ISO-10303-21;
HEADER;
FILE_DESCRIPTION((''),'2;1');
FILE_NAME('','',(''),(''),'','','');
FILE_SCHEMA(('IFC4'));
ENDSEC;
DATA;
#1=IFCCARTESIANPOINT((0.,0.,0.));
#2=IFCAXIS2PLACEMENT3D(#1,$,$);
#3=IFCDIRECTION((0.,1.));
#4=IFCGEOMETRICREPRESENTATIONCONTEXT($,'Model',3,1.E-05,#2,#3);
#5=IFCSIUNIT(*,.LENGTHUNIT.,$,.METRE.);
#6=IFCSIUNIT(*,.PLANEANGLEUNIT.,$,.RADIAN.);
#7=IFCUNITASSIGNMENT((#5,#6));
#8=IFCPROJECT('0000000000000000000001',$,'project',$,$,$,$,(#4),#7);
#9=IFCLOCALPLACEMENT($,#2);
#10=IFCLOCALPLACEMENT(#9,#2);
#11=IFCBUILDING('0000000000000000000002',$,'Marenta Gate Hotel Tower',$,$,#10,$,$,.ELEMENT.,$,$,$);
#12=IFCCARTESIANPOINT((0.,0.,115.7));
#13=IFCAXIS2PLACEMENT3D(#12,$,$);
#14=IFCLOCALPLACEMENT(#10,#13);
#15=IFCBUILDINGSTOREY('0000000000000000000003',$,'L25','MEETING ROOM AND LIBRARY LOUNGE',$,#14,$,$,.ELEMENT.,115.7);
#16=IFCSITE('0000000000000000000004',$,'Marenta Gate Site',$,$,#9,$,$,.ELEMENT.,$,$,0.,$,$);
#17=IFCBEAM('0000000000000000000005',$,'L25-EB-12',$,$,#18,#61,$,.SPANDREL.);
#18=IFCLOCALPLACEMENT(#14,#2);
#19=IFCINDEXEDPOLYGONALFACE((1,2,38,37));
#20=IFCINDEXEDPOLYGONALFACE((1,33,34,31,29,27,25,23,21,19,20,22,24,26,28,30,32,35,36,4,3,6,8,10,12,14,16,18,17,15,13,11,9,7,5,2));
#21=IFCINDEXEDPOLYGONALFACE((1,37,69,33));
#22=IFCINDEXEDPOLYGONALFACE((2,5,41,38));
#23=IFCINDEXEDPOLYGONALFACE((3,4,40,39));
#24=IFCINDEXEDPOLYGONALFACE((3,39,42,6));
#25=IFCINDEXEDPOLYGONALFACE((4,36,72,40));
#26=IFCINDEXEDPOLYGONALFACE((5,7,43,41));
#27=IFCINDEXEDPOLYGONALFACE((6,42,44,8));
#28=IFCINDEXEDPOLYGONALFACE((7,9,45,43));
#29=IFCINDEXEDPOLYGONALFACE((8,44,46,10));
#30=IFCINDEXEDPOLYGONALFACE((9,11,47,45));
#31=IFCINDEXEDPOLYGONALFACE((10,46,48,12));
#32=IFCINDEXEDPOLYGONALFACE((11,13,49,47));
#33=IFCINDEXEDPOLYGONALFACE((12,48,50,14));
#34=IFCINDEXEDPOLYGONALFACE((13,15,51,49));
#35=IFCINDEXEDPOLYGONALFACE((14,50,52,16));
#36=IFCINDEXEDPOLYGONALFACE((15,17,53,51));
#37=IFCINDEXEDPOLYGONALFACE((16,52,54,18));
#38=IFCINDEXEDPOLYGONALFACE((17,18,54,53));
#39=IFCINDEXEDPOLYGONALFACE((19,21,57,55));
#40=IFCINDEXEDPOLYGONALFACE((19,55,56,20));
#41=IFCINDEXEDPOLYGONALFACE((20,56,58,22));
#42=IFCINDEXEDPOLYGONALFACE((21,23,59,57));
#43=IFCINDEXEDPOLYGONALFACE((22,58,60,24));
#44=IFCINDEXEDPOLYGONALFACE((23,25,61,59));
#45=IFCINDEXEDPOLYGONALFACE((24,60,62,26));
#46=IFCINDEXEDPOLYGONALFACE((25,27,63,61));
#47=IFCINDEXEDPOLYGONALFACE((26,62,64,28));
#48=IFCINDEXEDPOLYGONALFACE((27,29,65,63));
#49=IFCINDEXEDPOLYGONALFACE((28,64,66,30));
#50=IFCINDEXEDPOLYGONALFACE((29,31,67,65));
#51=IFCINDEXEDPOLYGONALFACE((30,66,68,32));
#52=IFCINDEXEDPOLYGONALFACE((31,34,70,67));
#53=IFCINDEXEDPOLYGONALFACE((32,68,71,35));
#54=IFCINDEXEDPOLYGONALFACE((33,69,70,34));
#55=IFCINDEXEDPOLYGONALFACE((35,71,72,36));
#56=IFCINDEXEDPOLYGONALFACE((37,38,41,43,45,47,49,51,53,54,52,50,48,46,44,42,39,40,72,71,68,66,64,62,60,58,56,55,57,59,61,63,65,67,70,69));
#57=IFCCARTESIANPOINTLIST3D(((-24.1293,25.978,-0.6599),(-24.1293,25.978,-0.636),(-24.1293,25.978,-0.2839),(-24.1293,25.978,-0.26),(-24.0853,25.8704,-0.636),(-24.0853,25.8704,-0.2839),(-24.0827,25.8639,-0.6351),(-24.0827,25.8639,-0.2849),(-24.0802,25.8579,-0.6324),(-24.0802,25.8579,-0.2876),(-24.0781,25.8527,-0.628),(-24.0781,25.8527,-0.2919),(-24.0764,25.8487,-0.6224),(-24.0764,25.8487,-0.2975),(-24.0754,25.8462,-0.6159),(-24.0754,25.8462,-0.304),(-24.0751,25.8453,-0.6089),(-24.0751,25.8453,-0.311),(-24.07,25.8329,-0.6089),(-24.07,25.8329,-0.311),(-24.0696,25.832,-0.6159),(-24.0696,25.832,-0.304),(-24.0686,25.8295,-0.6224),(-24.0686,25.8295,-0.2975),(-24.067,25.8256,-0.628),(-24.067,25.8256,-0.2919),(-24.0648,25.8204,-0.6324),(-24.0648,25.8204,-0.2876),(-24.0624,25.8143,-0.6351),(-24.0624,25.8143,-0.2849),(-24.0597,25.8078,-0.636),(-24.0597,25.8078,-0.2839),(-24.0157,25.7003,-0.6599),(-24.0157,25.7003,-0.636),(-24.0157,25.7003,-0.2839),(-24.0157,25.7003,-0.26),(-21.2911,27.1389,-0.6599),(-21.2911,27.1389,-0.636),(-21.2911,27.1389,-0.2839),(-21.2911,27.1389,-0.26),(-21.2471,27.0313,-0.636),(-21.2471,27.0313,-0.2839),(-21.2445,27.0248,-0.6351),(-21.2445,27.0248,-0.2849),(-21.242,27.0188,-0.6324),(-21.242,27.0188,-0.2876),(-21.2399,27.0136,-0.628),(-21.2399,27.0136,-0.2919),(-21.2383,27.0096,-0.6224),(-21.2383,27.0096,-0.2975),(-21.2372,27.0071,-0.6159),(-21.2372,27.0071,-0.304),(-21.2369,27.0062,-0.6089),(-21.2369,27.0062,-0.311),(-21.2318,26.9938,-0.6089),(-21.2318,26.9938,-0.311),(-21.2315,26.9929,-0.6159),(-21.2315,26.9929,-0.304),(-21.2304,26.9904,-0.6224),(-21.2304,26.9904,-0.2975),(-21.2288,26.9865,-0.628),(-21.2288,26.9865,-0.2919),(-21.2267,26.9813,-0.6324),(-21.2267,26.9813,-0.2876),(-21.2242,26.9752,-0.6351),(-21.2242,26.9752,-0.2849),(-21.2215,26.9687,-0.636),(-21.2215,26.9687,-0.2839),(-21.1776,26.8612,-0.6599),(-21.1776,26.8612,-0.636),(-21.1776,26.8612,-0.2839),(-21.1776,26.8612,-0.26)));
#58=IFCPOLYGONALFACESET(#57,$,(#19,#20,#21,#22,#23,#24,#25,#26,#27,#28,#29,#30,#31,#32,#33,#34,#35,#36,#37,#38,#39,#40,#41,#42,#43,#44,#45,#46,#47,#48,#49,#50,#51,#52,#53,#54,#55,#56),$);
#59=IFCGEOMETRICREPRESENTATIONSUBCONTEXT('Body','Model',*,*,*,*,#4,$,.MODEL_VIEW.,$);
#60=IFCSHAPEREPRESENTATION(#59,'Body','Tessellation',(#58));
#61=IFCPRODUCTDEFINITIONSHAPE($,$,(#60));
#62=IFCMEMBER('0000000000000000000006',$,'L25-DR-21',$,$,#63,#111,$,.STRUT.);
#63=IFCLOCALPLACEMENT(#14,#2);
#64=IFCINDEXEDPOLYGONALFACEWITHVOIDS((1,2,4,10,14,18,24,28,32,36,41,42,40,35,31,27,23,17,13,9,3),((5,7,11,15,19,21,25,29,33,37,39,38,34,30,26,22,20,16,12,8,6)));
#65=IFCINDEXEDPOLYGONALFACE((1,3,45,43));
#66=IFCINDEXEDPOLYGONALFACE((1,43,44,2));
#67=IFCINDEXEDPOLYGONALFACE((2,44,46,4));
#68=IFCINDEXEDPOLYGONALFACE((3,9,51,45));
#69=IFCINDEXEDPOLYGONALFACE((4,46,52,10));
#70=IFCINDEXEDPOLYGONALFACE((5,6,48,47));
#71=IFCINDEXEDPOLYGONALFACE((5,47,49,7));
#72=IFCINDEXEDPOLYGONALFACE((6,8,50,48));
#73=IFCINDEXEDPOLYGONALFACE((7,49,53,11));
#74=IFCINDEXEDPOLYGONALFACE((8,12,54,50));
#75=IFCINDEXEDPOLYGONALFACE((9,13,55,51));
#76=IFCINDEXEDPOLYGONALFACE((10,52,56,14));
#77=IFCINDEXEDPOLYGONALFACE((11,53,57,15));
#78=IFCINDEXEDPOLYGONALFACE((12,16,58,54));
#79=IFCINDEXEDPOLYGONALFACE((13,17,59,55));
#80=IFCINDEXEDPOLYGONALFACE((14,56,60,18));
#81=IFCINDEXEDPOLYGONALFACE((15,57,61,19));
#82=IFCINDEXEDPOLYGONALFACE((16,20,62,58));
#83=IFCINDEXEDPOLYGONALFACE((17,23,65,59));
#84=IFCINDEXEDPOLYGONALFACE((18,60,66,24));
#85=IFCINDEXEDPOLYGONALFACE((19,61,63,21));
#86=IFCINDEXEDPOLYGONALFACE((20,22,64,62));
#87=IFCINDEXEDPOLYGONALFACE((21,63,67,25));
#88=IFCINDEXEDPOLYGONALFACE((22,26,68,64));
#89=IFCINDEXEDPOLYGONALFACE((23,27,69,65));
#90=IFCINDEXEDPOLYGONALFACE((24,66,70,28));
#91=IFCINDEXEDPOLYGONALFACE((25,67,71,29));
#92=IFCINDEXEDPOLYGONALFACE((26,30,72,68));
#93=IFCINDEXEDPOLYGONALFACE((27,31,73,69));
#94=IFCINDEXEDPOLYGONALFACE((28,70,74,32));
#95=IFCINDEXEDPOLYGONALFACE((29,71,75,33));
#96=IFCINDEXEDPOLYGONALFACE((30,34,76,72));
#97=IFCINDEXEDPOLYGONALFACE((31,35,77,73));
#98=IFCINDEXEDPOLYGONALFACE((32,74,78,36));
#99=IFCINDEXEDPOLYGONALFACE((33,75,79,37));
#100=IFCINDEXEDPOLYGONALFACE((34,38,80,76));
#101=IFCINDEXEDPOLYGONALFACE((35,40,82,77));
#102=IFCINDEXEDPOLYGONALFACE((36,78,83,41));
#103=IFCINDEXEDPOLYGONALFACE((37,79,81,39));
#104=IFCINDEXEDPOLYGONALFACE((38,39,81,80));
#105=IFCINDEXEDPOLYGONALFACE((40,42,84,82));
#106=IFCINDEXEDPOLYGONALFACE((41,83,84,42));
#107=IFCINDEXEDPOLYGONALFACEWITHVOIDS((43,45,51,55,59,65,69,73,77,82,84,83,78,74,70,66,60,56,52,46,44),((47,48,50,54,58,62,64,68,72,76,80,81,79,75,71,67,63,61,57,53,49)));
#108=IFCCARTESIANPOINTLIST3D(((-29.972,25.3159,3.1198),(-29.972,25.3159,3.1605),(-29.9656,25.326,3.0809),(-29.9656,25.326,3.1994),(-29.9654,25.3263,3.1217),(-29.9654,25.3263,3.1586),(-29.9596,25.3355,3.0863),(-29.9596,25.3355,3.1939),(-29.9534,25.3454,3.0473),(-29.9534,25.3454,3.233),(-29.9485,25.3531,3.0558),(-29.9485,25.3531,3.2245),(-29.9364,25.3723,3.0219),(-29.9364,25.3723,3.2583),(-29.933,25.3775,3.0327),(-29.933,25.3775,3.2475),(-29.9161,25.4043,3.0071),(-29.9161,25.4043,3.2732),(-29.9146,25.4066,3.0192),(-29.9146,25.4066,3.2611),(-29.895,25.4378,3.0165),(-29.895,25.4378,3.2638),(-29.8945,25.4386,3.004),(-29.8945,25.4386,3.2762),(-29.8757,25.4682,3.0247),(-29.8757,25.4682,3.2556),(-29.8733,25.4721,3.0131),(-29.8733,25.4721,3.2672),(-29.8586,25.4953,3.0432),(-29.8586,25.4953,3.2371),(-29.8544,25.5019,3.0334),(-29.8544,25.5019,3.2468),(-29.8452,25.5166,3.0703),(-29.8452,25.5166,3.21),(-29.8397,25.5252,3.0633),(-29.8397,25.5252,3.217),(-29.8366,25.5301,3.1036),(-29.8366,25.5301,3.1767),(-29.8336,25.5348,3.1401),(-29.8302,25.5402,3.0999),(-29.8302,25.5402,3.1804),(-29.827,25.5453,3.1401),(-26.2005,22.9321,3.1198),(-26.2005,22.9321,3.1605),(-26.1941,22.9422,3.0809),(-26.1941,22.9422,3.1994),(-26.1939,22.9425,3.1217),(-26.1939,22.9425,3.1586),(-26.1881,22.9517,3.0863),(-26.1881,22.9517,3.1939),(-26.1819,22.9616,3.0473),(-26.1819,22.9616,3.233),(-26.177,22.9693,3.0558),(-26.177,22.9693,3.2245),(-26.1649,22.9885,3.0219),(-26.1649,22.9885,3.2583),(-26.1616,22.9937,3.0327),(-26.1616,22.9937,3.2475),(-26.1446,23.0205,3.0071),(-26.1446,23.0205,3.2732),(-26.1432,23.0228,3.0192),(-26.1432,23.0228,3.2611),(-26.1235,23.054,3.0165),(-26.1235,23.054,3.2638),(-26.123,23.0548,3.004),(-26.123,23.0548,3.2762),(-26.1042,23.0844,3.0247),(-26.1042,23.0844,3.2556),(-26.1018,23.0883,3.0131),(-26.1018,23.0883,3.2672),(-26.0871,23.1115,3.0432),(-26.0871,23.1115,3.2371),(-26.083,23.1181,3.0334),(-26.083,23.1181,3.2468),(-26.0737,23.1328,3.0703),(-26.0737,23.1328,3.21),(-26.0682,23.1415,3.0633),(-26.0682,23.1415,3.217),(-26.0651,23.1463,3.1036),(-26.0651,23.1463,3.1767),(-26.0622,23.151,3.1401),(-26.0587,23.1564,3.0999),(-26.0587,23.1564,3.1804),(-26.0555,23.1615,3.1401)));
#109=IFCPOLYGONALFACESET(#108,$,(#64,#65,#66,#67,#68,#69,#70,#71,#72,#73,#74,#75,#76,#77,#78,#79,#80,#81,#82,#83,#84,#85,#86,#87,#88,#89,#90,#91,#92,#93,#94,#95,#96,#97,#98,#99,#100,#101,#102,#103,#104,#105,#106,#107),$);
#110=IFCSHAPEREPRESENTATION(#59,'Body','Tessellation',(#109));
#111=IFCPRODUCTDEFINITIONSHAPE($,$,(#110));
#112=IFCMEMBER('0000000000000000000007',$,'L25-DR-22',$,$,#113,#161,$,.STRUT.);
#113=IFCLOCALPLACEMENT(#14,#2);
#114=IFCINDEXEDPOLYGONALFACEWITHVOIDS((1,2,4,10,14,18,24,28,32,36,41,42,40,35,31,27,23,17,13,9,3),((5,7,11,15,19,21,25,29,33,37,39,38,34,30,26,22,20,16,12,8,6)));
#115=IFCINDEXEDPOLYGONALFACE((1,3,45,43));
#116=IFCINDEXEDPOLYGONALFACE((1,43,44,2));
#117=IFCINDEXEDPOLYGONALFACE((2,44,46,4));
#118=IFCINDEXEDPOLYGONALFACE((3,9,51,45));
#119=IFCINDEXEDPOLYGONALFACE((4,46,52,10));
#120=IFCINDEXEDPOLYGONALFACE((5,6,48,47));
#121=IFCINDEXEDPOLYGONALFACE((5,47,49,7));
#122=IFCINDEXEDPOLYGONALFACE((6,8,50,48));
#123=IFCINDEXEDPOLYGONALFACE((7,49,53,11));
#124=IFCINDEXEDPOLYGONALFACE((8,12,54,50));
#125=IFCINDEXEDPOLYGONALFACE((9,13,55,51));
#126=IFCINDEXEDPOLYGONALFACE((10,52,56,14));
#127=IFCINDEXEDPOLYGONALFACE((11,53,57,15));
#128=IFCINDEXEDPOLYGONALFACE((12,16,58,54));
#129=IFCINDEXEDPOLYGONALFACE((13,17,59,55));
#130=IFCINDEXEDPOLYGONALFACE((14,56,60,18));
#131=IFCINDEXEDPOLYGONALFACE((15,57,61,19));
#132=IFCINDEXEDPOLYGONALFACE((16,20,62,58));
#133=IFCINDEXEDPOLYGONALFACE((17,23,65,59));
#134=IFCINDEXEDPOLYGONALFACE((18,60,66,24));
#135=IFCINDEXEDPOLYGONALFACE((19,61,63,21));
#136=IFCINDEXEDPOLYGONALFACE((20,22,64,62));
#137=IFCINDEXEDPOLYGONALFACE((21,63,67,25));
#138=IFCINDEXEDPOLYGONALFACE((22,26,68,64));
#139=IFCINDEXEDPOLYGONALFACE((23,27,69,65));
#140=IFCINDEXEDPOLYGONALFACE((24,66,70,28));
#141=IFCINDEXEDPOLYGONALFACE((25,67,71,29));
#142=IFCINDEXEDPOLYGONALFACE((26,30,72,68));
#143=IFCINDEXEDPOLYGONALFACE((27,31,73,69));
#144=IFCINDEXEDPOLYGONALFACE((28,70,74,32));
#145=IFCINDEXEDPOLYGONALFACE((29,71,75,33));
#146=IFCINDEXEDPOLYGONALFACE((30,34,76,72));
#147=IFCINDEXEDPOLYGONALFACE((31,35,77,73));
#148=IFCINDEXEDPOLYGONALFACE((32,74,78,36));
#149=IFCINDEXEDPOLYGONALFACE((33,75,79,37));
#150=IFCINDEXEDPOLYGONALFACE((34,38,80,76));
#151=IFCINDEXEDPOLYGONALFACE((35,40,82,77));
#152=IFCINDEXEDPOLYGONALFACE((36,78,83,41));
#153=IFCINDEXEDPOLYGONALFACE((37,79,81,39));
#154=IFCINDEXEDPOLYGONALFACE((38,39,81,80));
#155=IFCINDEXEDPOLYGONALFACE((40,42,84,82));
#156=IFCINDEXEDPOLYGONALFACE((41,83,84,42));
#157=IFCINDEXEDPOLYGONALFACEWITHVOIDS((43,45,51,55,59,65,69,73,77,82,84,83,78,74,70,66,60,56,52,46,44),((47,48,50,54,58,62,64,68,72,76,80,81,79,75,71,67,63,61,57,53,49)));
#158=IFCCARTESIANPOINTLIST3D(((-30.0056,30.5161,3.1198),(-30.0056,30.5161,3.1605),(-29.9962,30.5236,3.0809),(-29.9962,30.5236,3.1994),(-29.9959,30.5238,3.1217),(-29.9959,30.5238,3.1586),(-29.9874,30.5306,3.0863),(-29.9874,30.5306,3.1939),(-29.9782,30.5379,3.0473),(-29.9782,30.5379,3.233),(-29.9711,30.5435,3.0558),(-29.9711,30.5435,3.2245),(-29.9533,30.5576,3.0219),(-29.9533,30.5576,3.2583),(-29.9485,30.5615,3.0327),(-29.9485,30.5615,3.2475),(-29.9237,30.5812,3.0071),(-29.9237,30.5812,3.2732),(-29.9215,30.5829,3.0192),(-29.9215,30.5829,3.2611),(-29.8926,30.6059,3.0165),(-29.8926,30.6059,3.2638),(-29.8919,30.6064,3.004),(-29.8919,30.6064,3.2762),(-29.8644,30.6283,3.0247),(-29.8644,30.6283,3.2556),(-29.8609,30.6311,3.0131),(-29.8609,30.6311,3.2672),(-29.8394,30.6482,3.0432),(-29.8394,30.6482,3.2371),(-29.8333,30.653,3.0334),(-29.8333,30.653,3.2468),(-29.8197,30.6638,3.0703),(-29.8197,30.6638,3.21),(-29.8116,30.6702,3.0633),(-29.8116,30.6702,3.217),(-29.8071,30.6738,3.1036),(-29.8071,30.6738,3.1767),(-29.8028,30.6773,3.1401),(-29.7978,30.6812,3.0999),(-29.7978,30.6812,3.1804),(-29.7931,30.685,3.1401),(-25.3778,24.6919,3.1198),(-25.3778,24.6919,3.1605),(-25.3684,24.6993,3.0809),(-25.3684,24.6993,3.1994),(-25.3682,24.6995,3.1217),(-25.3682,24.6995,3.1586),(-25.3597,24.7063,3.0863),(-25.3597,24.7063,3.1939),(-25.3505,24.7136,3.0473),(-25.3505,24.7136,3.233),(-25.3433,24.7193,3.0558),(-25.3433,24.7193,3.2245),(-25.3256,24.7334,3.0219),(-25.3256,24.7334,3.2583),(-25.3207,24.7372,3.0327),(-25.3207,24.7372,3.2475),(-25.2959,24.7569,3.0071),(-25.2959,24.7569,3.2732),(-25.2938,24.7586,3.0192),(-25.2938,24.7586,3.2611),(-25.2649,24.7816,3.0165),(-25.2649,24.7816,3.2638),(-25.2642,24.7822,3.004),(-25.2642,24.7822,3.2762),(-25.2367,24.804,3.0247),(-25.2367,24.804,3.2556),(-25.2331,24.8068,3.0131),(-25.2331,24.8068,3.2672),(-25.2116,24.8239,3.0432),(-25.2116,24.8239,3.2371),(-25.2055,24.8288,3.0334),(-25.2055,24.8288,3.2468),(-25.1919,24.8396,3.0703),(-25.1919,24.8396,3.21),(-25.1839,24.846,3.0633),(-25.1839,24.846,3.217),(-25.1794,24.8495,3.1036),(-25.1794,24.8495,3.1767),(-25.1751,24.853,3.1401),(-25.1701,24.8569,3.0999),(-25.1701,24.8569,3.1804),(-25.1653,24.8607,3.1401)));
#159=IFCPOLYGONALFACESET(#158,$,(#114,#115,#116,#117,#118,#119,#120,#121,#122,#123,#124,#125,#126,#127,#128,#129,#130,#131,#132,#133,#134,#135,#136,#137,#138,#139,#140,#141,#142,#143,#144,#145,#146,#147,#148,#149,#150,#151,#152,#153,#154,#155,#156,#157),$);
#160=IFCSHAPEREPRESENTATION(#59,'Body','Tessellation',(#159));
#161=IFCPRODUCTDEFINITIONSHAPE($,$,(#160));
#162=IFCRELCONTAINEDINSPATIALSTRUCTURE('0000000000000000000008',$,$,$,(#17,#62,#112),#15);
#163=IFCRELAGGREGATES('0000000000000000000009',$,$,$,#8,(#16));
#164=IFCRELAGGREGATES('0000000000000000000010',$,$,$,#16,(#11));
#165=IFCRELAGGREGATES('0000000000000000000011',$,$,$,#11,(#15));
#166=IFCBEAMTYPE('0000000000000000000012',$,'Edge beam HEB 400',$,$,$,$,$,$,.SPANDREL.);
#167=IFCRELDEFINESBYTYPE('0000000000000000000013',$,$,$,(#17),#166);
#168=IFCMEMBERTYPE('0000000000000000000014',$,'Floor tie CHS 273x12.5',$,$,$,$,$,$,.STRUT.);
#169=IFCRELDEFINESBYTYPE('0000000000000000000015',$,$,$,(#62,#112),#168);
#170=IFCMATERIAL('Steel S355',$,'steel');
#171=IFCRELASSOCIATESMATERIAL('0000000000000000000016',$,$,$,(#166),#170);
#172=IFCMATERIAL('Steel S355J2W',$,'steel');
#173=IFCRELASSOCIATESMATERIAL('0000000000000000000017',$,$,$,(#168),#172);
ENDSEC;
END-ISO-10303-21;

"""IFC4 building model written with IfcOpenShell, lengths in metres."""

from ifc_helpers import new_model, si_unit, direction, frame, origin, origin_2d, place, context, subcontext, project, spatial, hollow_circle, i_section, extrude, material, material_profile, profile_set, type_object, element, save


model = new_model("IFC4")

# Units and contexts
model_context = context("Model", 3, precision=1e-05, world=origin(), true_north=direction((0.0, 1.0)))
body_context = subcontext(model_context, "Body", "Model", "MODEL_VIEW")
ifc_project = project(units=[si_unit("LENGTHUNIT", "METRE"), si_unit("PLANEANGLEUNIT", "RADIAN")], contexts=[model_context])

# Site, building, storey
site_placement = place(None, origin())
site = spatial("IfcSite", under=ifc_project, at=site_placement, Name="Marenta Gate Site", CompositionType="ELEMENT", RefElevation=0.0)
building_placement = place(site_placement, origin())
building = spatial("IfcBuilding", under=site, at=building_placement, Name="Marenta Gate Hotel Tower", CompositionType="ELEMENT")
storey_placement = place(building_placement, frame((0.0, 0.0, 115.7)))
storey = spatial("IfcBuildingStorey", under=building, at=storey_placement, Name="L25", Description="MEETING ROOM AND LIBRARY LOUNGE", CompositionType="ELEMENT", Elevation=115.7)

# Beam
ifc_material_1 = material(Name="Steel S355", Category="steel")
ifc_material_profile_1 = material_profile(ifc_material_1, i_section(OverallWidth=0.3, OverallDepth=0.3999, WebThickness=0.0134, FlangeThickness=0.0239, FilletRadius=0.0271, at=origin_2d()), Name="HEB 400")
ifc_profile_set_1 = profile_set([ifc_material_profile_1], Name="Steel S355")
beam_type_1 = type_object("IfcBeamType", Name="Edge beam HEB 400", PredefinedType="SPANDREL", material=ifc_profile_set_1)
beam_1_placement = place(storey_placement, frame((-24.0725, 25.8391, -0.46), z_axis=(0.925566, 0.378586, 0.0), x_axis=(-0.378586, 0.925566, 0.0)))
element("IfcBeam", 1, at=beam_1_placement, inside=storey, type_object=beam_type_1, Name="L25-EB-12", PredefinedType="SPANDREL", context=body_context, shape_type="SweptSolid", body=[
    extrude(i_section(OverallWidth=0.3, OverallDepth=0.3999, WebThickness=0.0134, FlangeThickness=0.0239, FilletRadius=0.0271, at=origin_2d()), origin(), (0.0, 0.0, 1.0), 3.0664),
])

# Members
ifc_material_2 = material(Name="Steel S355J2W", Category="steel")
ifc_material_profile_2 = material_profile(ifc_material_2, hollow_circle(Radius=0.1365, WallThickness=0.0125, at=origin_2d()), Name="CHS 273x12.5")
ifc_profile_set_2 = profile_set([ifc_material_profile_2], Name="Steel S355J2W")
member_type_1 = type_object("IfcMemberType", Name="Floor tie CHS 273x12.5", PredefinedType="STRUT", material=ifc_profile_set_2)
member_1_placement = place(storey_placement, frame((-29.8999, 25.4299, 3.1401), z_axis=(0.845307, -0.534281, 0.0), x_axis=(0.534281, 0.845307, 0.0)))
element("IfcMember", 2, at=member_1_placement, inside=storey, type_object=member_type_1, Name="L25-DR-21", PredefinedType="STRUT", context=body_context, shape_type="SweptSolid", body=[
    extrude(hollow_circle(Radius=0.1365, WallThickness=0.0125, at=origin_2d()), origin(), (0.0, 0.0, 1.0), 4.4617),
])
member_2_placement = place(storey_placement, frame((-29.8999, 30.6001, 3.1401), z_axis=(0.622094, -0.782943, 0.0), x_axis=(0.782943, 0.622094, 0.0)))
element("IfcMember", 3, at=member_2_placement, inside=storey, type_object=member_type_1, Name="L25-DR-22", PredefinedType="STRUT", context=body_context, shape_type="SweptSolid", body=[
    extrude(hollow_circle(Radius=0.1365, WallThickness=0.0125, at=origin_2d()), origin(), (0.0, 0.0, 1.0), 7.439),
])

save(model, "model.ifc")
